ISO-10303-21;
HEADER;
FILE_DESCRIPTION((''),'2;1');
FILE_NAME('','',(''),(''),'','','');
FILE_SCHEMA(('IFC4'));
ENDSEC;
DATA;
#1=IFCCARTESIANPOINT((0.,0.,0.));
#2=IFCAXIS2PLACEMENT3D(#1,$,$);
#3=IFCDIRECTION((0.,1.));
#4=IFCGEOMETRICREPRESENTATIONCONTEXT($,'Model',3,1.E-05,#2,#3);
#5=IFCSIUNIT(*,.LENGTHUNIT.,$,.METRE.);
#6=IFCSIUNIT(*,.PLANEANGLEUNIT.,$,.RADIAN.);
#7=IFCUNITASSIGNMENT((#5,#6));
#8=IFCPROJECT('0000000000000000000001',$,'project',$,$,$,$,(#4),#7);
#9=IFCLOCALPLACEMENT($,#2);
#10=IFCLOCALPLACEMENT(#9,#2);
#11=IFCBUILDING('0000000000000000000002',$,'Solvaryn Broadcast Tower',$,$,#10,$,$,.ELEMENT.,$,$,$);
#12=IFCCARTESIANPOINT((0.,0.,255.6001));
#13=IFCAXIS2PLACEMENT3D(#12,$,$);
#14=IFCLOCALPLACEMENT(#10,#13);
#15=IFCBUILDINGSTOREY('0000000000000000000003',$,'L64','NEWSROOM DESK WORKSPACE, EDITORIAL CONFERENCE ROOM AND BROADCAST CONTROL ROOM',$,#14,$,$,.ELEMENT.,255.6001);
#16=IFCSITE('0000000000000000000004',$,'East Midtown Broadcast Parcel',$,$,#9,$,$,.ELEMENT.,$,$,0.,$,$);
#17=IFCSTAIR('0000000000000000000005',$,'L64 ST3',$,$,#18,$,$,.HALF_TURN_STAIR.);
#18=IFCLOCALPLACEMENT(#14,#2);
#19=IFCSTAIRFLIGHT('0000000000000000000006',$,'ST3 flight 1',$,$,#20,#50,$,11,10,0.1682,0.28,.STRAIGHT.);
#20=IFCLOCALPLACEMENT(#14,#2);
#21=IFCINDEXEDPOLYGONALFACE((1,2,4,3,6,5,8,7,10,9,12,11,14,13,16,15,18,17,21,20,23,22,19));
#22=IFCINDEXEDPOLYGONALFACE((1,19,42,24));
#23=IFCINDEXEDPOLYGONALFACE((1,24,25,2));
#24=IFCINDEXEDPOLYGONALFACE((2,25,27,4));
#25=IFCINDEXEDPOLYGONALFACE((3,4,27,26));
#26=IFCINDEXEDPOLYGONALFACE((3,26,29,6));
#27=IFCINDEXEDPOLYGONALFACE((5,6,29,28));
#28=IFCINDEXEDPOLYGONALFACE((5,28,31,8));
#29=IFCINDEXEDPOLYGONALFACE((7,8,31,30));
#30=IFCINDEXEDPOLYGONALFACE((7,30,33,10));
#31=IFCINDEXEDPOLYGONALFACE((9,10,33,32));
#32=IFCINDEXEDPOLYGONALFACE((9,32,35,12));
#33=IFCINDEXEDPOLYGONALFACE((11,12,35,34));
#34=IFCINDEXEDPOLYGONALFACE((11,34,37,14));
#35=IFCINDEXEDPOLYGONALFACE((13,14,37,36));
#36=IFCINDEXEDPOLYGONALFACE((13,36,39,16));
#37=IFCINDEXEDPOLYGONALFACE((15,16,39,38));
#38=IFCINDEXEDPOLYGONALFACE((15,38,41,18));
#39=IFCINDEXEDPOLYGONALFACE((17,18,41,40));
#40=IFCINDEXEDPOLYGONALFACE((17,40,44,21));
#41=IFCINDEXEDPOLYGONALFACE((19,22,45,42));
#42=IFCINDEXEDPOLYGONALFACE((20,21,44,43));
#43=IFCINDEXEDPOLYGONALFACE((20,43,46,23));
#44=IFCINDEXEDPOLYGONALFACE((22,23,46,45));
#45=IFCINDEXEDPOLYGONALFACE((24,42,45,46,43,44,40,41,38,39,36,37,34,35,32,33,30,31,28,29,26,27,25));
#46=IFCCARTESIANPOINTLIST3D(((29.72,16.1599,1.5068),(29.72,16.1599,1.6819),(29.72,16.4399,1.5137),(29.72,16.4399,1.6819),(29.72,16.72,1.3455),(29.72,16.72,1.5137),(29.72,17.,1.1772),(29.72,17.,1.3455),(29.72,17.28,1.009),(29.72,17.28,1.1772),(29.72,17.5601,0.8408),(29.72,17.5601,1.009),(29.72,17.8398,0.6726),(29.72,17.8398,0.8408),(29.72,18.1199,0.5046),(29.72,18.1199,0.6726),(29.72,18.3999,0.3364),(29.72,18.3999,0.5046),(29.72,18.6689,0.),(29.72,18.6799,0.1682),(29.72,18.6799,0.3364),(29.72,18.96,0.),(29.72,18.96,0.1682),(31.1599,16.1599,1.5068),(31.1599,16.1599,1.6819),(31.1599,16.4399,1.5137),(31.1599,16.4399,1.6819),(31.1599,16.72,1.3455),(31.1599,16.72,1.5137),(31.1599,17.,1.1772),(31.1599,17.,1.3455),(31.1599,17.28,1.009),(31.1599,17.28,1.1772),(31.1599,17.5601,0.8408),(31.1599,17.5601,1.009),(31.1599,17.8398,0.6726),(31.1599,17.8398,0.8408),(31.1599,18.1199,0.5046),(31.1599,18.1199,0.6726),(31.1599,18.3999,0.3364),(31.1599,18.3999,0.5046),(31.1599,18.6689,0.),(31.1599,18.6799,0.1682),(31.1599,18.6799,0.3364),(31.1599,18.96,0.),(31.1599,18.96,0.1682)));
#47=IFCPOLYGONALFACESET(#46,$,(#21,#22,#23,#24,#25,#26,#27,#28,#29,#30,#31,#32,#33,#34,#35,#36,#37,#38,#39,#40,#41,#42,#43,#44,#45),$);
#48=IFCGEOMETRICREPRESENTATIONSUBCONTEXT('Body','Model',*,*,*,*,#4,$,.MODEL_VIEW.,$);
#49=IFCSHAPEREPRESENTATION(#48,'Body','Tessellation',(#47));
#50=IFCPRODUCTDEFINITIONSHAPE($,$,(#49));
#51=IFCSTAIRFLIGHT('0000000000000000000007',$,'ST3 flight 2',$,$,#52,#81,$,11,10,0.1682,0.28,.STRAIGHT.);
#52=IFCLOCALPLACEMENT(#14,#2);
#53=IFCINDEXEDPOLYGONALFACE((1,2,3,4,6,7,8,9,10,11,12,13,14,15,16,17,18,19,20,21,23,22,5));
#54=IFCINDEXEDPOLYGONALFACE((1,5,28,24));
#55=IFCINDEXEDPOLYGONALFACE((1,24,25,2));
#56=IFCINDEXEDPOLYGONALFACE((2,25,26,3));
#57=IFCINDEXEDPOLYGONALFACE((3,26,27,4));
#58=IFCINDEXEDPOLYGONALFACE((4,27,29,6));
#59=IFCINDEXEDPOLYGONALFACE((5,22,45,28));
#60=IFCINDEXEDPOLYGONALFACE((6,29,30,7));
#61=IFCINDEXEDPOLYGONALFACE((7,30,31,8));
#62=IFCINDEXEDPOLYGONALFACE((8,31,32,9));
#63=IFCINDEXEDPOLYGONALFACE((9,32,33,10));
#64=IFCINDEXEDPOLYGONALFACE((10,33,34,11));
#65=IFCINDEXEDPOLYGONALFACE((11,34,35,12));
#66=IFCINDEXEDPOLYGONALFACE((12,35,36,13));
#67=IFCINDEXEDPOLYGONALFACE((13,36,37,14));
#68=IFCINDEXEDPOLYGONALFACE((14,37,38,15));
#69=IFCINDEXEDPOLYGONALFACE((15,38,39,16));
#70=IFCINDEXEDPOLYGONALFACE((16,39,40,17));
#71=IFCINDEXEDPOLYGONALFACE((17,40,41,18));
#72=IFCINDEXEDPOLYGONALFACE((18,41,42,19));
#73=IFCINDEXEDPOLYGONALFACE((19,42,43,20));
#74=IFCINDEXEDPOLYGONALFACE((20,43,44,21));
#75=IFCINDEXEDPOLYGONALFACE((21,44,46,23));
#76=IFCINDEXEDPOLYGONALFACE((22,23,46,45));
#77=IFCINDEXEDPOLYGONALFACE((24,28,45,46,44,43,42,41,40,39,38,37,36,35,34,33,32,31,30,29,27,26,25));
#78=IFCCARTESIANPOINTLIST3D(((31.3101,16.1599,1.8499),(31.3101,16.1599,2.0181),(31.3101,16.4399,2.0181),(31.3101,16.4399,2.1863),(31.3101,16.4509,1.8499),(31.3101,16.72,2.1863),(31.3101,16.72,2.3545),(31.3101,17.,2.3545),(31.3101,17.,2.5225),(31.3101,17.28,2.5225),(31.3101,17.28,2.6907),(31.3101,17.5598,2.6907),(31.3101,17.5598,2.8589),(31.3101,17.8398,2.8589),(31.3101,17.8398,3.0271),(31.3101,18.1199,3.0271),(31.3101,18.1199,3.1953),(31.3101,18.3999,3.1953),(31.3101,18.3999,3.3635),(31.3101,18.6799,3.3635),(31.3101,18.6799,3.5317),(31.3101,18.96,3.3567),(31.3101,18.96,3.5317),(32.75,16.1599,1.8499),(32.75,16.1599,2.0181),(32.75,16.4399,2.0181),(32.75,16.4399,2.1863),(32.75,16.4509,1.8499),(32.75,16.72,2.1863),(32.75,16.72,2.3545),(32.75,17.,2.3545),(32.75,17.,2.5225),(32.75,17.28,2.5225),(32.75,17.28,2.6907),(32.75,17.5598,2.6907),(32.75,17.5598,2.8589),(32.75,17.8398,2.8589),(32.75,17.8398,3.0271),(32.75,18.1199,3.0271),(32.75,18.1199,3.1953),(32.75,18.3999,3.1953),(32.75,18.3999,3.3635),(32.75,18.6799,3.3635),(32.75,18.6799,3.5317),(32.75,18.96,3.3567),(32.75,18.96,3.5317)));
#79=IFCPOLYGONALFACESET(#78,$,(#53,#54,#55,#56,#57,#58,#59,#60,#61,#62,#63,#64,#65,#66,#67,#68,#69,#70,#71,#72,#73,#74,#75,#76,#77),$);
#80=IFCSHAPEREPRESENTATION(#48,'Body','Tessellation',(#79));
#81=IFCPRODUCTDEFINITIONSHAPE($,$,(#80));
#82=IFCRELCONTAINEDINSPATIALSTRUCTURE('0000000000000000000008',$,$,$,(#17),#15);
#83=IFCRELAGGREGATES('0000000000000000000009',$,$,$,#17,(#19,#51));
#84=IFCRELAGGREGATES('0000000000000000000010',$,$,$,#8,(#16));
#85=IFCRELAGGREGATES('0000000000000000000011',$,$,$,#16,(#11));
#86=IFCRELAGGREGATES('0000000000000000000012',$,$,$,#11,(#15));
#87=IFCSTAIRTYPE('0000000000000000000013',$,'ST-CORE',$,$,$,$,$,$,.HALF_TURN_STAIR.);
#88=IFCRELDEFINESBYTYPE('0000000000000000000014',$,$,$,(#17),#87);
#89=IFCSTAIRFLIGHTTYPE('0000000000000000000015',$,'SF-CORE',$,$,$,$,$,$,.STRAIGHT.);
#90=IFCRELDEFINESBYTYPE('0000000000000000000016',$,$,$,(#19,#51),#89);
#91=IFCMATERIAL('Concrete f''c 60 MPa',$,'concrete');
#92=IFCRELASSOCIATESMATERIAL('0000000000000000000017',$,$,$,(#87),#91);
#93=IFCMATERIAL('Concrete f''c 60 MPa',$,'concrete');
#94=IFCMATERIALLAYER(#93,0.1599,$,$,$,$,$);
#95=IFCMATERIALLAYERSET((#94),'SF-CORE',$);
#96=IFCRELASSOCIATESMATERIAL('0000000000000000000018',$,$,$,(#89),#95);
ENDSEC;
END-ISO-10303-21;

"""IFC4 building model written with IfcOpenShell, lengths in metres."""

from ifc_helpers import new_model, si_unit, direction, frame, origin, place, context, subcontext, project, spatial, polyline, outline, extrude, material, layer, layer_set, type_object, element, aggregate, save


model = new_model("IFC4")

# Units and contexts
model_context = context("Model", 3, precision=1e-05, world=origin(), true_north=direction((0.0, 1.0)))
body_context = subcontext(model_context, "Body", "Model", "MODEL_VIEW")
ifc_project = project(units=[si_unit("LENGTHUNIT", "METRE"), si_unit("PLANEANGLEUNIT", "RADIAN")], contexts=[model_context])

# Site, building, storey
site_placement = place(None, origin())
site = spatial("IfcSite", under=ifc_project, at=site_placement, Name="East Midtown Broadcast Parcel", CompositionType="ELEMENT", RefElevation=0.0)
building_placement = place(site_placement, origin())
building = spatial("IfcBuilding", under=site, at=building_placement, Name="Solvaryn Broadcast Tower", CompositionType="ELEMENT")
storey_placement = place(building_placement, frame((0.0, 0.0, 255.6001)))
storey = spatial("IfcBuildingStorey", under=building, at=storey_placement, Name="L64", Description="NEWSROOM DESK WORKSPACE, EDITORIAL CONFERENCE ROOM AND BROADCAST CONTROL ROOM", CompositionType="ELEMENT", Elevation=255.6001)

# Stair, stair flights
ifc_material_1 = material(Name="Concrete f'c 60 MPa", Category="concrete")
stair_type = type_object("IfcStairType", Name="ST-CORE", PredefinedType="HALF_TURN_STAIR", material=ifc_material_1)
stair_placement = place(storey_placement, origin())
stair = element("IfcStair", 1, at=stair_placement, inside=storey, type_object=stair_type, Name="L64 ST3", PredefinedType="HALF_TURN_STAIR")
ifc_material_2 = material(Name="Concrete f'c 60 MPa", Category="concrete")
ifc_layer_1 = layer(ifc_material_2, 0.1599)
ifc_layer_set_1 = layer_set([ifc_layer_1], Name="SF-CORE")
stair_flight_type = type_object("IfcStairFlightType", Name="SF-CORE", PredefinedType="STRAIGHT", material=ifc_layer_set_1)
stair_flight_1_placement = place(storey_placement, frame((30.4399, 18.96, 0.0), z_axis=(0.0, 0.0, 1.0), x_axis=(0.0, -1.0, 0.0)))
stair_flight_1 = element("IfcStairFlight", 2, at=stair_flight_1_placement, type_object=stair_flight_type, Name="ST3 flight 1", NumberOfRisers=11, NumberOfTreads=10, PredefinedType="STRAIGHT", RiserHeight=0.1682, TreadLength=0.28, context=body_context, shape_type="SweptSolid", body=[
    extrude(outline(polyline([(0.0, 0.0), (0.0, 0.1682), (0.28, 0.1682), (0.28, 0.3364), (0.5601, 0.3364), (0.5601, 0.5046), (0.8401, 0.5046), (0.8401, 0.6726), (1.1201, 0.6726), (1.1201, 0.8408), (1.3999, 0.8408), (1.3999, 1.009), (1.6799, 1.009), (1.6799, 1.1772), (1.96, 1.1772), (1.96, 1.3455), (2.24, 1.3455), (2.24, 1.5137), (2.52, 1.5137), (2.52, 1.6819), (2.8, 1.6819), (2.8, 1.8501), (2.8, 1.5068), (0.291, 0.0), (0.0, 0.0)])), frame((0.0, 0.72, 0.0), z_axis=(0.0, -1.0, 0.0), x_axis=(1.0, 0.0, 0.0)), (0.0, 0.0, 1.0), 1.4399),
])
stair_flight_2_placement = place(storey_placement, frame((32.03, 16.1599, 1.8499), z_axis=(0.0, 0.0, 1.0), x_axis=(0.0, 1.0, 0.0)))
stair_flight_2 = element("IfcStairFlight", 3, at=stair_flight_2_placement, type_object=stair_flight_type, Name="ST3 flight 2", NumberOfRisers=11, NumberOfTreads=10, PredefinedType="STRAIGHT", RiserHeight=0.1682, TreadLength=0.28, context=body_context, shape_type="SweptSolid", body=[
    extrude(outline(polyline([(0.0, 0.0), (0.0, 0.1682), (0.28, 0.1682), (0.28, 0.3364), (0.5601, 0.3364), (0.5601, 0.5046), (0.8401, 0.5046), (0.8401, 0.6726), (1.1201, 0.6726), (1.1201, 0.8408), (1.3999, 0.8408), (1.3999, 1.009), (1.6799, 1.009), (1.6799, 1.1772), (1.96, 1.1772), (1.96, 1.3455), (2.24, 1.3455), (2.24, 1.5137), (2.52, 1.5137), (2.52, 1.6819), (2.8, 1.6819), (2.8, 1.8501), (2.8, 1.5068), (0.291, 0.0), (0.0, 0.0)])), frame((0.0, 0.72, 0.0), z_axis=(0.0, -1.0, 0.0), x_axis=(1.0, 0.0, 0.0)), (0.0, 0.0, 1.0), 1.4399),
])
aggregate(stair, [stair_flight_1, stair_flight_2])

save(model, "model.ifc")
